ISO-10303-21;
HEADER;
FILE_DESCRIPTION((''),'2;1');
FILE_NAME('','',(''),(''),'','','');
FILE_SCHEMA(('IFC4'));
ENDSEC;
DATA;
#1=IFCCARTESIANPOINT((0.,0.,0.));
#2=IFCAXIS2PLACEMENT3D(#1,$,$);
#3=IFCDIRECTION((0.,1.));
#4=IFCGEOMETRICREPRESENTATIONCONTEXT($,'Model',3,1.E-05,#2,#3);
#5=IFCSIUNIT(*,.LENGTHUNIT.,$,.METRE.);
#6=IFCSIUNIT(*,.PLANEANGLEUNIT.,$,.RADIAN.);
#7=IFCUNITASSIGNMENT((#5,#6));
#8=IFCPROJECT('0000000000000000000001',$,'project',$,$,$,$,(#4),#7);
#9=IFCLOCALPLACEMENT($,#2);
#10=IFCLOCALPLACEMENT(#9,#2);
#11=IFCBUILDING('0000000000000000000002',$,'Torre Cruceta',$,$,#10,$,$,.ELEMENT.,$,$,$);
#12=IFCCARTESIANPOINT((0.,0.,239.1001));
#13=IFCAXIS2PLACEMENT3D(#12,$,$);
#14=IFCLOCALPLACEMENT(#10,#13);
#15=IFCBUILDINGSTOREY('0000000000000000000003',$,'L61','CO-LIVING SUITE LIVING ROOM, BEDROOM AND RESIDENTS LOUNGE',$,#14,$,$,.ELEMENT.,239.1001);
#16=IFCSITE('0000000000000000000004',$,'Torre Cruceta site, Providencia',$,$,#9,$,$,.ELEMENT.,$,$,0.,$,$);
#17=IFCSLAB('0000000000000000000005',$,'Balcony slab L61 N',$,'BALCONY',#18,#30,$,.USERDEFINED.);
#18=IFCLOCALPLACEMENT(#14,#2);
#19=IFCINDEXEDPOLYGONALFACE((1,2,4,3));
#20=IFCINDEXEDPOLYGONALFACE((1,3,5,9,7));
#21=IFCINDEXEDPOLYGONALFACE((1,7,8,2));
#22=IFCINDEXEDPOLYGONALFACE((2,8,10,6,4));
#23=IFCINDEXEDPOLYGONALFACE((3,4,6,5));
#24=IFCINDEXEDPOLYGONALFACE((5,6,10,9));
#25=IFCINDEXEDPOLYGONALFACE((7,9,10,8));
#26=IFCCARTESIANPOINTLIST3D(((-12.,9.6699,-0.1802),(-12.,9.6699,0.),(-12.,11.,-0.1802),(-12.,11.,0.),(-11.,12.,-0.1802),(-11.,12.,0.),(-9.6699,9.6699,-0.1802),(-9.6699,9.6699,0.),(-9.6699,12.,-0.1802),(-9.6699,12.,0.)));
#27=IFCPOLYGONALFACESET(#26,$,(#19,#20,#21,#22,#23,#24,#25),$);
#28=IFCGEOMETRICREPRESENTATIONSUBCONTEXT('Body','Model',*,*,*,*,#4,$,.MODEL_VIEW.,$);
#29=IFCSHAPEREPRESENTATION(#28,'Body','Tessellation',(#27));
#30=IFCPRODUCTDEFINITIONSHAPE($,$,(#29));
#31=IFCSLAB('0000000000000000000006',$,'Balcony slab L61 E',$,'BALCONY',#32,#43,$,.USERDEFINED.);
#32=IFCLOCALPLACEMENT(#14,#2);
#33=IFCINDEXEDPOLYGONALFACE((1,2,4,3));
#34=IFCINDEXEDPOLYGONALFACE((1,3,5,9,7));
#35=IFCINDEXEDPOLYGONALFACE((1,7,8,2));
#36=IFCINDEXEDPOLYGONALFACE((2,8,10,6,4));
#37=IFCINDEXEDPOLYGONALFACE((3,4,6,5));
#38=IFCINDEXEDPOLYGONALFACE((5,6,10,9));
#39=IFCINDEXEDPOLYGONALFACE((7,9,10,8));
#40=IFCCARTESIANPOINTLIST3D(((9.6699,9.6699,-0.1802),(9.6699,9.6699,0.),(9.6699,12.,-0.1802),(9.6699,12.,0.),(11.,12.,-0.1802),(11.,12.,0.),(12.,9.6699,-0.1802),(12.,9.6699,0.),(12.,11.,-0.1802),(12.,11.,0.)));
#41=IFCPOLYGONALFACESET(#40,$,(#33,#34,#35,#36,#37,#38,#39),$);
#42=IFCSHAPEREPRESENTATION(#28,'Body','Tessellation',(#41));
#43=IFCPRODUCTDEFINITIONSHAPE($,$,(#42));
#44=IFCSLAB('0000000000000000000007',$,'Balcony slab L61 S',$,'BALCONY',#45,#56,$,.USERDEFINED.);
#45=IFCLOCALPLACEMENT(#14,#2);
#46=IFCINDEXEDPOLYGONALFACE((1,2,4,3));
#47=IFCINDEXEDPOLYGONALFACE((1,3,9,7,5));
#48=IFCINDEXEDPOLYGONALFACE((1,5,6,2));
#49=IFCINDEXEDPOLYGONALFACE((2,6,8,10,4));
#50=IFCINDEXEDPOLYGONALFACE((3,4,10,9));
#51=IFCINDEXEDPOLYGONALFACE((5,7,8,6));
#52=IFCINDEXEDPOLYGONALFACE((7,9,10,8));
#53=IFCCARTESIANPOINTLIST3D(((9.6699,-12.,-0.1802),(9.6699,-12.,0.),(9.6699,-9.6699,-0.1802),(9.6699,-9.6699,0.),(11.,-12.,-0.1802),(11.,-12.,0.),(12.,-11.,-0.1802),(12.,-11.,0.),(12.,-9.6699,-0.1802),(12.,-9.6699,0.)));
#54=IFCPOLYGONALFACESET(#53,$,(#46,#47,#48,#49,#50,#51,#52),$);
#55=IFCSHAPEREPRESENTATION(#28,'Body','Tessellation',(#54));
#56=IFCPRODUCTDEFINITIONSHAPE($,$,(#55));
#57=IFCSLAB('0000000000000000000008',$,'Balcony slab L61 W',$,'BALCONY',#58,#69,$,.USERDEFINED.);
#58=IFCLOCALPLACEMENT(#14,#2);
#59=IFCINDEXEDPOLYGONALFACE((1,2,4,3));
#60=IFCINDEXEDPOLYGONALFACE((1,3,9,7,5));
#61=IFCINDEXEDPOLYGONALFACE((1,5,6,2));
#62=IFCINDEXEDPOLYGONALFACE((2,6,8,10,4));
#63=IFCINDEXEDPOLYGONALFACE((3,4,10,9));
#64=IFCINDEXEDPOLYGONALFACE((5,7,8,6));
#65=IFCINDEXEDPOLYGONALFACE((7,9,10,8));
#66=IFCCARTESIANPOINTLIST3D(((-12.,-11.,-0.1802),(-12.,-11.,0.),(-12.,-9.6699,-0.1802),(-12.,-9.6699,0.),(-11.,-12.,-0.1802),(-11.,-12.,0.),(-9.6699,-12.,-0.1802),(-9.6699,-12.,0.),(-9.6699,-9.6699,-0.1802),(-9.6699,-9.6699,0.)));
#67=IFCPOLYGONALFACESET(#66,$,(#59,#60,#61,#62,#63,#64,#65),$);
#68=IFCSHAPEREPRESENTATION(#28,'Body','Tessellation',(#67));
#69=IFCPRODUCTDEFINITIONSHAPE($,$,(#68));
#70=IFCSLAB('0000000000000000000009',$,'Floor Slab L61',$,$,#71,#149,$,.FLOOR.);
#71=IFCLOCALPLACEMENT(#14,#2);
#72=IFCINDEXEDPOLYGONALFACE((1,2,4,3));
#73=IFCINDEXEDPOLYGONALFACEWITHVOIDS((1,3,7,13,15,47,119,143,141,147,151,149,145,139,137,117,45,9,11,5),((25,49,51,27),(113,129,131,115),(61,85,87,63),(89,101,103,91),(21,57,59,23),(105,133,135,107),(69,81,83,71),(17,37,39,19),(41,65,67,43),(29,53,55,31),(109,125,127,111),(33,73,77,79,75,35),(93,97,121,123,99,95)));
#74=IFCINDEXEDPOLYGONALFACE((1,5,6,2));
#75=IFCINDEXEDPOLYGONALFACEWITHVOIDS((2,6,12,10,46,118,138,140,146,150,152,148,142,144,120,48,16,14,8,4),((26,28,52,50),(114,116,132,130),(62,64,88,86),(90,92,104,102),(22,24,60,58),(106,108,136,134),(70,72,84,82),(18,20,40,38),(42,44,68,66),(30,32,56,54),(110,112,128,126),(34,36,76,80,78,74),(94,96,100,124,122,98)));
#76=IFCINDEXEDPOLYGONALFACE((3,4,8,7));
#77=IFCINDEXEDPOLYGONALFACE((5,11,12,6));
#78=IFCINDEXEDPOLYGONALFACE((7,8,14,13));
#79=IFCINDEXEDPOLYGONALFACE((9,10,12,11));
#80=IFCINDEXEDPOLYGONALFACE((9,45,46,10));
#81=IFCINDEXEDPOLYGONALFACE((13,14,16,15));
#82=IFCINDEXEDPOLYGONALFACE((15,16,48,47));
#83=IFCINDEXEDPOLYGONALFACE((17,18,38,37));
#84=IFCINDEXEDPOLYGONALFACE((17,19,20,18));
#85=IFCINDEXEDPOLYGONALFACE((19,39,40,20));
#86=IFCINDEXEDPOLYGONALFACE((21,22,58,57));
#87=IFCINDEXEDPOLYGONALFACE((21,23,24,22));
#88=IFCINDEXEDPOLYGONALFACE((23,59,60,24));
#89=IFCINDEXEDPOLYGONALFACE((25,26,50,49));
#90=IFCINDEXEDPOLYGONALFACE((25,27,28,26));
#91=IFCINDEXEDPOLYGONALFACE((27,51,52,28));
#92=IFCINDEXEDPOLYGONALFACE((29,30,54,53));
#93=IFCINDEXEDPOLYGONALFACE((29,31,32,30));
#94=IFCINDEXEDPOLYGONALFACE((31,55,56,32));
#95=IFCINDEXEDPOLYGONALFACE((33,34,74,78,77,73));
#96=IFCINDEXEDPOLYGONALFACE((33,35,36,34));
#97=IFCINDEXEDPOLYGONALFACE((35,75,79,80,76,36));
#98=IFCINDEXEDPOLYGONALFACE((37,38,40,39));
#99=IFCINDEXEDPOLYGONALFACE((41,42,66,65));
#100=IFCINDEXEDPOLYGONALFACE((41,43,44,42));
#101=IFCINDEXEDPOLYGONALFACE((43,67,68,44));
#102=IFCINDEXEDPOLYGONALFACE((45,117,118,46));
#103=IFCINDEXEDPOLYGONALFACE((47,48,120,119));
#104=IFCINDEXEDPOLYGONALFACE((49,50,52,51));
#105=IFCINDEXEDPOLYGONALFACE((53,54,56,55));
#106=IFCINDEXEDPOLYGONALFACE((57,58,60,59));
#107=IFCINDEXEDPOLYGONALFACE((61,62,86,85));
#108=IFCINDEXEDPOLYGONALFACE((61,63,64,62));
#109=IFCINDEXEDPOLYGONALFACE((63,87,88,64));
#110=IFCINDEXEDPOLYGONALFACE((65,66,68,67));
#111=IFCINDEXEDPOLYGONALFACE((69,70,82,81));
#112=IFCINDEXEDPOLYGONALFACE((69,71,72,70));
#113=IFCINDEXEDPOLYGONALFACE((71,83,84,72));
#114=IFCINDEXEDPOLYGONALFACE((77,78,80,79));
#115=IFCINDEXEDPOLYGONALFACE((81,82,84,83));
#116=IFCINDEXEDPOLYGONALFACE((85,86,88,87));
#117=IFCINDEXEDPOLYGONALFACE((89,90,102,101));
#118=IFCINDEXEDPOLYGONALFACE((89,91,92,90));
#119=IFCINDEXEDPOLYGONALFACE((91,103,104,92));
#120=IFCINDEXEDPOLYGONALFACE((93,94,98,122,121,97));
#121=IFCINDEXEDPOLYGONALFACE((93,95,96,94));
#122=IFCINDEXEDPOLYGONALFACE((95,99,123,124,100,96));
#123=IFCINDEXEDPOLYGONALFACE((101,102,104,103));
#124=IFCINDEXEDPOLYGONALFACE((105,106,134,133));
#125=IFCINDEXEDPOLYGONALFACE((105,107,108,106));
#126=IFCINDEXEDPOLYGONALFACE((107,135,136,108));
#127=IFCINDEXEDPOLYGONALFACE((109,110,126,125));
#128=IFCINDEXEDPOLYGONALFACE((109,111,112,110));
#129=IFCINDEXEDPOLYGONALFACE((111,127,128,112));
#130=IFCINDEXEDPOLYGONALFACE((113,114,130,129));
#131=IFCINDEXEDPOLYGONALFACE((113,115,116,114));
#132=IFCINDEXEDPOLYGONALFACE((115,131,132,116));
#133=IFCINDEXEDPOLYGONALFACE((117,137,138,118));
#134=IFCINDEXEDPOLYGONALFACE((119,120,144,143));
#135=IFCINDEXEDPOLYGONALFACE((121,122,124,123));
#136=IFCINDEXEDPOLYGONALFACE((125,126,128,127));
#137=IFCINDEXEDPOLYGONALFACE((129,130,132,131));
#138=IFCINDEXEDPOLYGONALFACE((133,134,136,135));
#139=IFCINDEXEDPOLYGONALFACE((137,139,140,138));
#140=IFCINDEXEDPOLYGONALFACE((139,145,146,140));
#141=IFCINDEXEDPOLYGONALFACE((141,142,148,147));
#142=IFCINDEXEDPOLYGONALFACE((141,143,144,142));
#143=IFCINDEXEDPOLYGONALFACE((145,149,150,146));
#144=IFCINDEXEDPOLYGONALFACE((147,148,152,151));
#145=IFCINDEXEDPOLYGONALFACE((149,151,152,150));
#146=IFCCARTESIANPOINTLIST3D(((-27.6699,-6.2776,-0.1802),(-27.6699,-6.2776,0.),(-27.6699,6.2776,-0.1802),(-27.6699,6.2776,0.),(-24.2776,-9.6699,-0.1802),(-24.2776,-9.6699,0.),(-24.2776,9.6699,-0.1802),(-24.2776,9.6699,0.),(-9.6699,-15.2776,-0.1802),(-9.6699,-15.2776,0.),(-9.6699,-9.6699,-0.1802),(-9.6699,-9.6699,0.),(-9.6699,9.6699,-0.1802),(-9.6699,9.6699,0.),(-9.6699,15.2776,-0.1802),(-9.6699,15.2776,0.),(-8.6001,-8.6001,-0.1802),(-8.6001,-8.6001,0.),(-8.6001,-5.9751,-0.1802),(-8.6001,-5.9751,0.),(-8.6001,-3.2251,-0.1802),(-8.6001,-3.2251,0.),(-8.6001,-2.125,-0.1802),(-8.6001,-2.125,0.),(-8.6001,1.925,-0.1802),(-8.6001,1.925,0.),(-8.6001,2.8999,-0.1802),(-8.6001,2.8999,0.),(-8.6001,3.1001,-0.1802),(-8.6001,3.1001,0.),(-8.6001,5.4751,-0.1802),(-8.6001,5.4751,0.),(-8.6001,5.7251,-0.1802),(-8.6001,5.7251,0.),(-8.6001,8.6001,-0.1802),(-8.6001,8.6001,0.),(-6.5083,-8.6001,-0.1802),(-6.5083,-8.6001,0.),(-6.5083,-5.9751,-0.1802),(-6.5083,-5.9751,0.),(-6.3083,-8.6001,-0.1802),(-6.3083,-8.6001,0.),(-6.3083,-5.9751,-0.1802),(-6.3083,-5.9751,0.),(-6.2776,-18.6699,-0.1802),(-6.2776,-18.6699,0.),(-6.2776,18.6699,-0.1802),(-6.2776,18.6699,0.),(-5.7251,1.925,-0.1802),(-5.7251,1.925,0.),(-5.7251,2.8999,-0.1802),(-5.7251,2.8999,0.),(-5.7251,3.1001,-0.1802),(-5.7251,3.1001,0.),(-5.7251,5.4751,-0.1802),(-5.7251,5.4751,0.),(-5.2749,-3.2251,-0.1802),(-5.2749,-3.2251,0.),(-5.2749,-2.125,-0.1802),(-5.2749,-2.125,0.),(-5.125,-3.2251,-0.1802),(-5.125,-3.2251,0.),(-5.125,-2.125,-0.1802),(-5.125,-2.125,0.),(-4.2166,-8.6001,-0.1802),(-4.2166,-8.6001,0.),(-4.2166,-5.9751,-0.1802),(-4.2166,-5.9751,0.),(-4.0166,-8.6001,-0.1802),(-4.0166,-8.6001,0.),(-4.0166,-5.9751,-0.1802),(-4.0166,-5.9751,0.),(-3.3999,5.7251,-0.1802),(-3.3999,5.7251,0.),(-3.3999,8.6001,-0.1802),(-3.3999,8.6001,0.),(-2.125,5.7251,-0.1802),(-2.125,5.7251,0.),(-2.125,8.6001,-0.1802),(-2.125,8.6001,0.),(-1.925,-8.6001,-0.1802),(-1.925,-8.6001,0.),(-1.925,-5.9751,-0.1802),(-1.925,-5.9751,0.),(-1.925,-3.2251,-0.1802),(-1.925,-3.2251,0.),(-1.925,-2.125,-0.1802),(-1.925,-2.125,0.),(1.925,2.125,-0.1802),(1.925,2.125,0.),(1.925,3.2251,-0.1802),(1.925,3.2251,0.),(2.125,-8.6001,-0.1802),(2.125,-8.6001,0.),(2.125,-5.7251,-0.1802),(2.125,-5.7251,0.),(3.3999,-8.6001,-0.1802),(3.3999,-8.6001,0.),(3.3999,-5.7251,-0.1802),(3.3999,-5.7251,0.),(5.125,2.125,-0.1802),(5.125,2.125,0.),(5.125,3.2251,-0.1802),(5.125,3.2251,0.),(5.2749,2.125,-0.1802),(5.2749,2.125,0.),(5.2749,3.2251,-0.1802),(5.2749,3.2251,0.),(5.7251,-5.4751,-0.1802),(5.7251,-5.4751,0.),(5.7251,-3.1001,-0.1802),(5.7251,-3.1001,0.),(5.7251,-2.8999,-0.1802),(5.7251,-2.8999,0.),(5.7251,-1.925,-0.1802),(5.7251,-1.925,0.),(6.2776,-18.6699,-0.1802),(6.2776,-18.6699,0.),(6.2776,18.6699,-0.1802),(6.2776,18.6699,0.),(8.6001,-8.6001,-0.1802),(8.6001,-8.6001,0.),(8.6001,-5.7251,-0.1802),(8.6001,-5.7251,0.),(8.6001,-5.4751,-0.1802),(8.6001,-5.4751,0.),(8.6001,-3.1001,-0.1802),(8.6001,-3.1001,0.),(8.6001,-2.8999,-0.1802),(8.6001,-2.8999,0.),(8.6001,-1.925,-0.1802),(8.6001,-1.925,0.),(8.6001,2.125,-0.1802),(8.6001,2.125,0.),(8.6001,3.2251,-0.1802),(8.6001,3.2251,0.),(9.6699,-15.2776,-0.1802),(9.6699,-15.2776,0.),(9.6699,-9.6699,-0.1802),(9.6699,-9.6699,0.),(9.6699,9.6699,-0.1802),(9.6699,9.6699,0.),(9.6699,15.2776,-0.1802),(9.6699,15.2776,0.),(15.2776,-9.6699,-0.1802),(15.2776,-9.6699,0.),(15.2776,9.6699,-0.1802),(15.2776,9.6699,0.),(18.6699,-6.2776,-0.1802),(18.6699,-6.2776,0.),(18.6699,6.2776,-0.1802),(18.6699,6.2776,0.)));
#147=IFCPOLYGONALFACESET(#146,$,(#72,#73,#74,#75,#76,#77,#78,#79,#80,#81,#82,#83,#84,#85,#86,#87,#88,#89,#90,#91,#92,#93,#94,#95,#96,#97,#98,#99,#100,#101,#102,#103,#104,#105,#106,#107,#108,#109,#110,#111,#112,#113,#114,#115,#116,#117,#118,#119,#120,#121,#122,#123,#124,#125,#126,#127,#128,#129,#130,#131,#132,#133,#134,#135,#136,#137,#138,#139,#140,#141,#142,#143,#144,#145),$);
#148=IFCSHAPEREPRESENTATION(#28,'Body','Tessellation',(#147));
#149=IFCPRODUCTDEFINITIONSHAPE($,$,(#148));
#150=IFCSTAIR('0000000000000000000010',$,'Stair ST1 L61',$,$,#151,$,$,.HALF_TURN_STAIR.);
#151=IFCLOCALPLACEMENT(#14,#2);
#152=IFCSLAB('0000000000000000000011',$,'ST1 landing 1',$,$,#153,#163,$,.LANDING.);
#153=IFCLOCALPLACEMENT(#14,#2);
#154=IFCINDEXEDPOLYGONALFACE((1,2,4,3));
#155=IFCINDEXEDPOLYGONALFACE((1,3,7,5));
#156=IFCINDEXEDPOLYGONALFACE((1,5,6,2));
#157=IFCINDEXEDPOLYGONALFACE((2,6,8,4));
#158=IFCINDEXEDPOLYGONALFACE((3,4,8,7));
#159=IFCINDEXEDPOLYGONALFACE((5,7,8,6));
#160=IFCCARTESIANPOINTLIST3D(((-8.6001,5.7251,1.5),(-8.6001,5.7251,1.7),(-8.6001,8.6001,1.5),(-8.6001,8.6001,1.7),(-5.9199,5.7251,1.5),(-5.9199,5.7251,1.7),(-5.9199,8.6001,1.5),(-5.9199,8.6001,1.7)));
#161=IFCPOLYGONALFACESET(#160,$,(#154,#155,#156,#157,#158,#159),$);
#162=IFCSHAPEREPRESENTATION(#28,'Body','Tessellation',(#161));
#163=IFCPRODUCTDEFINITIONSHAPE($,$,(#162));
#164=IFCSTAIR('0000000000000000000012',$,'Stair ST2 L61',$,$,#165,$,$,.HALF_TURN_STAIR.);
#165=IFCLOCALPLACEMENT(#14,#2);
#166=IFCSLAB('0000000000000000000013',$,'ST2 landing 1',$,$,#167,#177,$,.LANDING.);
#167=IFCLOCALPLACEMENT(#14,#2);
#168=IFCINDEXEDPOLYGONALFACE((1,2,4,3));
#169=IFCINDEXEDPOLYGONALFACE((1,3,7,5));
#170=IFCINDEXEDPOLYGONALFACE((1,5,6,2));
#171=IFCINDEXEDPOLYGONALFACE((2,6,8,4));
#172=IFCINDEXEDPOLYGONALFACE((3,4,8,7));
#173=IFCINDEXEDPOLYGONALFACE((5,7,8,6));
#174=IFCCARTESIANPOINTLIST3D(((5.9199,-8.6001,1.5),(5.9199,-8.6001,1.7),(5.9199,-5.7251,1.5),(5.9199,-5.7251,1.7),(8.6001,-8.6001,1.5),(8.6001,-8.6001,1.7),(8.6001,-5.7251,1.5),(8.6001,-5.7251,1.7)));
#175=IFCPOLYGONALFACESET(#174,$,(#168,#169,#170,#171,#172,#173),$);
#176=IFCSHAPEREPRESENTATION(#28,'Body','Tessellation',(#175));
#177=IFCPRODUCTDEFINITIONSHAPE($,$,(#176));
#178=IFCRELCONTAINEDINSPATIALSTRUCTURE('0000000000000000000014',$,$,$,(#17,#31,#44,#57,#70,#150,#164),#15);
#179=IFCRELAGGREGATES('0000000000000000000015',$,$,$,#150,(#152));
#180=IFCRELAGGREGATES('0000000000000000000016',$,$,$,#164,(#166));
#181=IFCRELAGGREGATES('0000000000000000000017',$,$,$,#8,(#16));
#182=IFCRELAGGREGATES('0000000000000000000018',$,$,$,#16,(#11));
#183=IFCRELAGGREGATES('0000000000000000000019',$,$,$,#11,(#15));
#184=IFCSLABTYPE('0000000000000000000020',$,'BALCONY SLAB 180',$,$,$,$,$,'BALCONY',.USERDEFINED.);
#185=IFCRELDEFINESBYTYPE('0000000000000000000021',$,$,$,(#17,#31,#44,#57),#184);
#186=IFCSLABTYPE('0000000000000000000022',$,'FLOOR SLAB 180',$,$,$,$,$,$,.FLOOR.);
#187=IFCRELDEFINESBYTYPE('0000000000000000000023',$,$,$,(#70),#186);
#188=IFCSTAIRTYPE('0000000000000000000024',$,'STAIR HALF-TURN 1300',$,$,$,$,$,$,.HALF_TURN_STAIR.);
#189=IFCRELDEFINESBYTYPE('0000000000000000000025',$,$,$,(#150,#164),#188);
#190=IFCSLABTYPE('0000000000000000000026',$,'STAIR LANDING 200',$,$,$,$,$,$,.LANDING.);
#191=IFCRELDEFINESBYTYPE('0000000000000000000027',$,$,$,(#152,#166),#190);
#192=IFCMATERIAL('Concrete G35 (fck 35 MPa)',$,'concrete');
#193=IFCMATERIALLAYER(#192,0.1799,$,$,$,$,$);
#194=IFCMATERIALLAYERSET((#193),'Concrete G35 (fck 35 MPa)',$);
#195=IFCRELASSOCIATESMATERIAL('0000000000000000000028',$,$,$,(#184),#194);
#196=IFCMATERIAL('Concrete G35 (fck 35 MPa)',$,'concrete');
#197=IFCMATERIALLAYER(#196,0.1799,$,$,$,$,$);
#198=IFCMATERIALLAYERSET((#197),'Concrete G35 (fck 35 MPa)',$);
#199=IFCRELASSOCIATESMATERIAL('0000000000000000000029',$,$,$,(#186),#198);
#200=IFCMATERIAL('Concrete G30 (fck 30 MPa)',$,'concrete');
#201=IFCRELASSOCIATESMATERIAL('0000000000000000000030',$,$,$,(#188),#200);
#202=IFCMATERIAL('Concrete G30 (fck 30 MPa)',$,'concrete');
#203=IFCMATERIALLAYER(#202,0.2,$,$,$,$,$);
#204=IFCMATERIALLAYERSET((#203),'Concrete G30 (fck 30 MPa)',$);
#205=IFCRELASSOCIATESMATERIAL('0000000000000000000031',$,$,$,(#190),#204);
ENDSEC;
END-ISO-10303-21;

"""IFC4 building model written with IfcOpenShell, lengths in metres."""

from ifc_helpers import new_model, si_unit, direction, frame, origin, place, context, subcontext, project, spatial, polyline, outline, extrude, material, layer, layer_set, type_object, element, aggregate, save


model = new_model("IFC4")

# Units and contexts
model_context = context("Model", 3, precision=1e-05, world=origin(), true_north=direction((0.0, 1.0)))
body_context = subcontext(model_context, "Body", "Model", "MODEL_VIEW")
ifc_project = project(units=[si_unit("LENGTHUNIT", "METRE"), si_unit("PLANEANGLEUNIT", "RADIAN")], contexts=[model_context])

# Site, building, storey
site_placement = place(None, origin())
site = spatial("IfcSite", under=ifc_project, at=site_placement, Name="Torre Cruceta site, Providencia", CompositionType="ELEMENT", RefElevation=0.0)
building_placement = place(site_placement, origin())
building = spatial("IfcBuilding", under=site, at=building_placement, Name="Torre Cruceta", CompositionType="ELEMENT")
storey_placement = place(building_placement, frame((0.0, 0.0, 239.1001)))
storey = spatial("IfcBuildingStorey", under=building, at=storey_placement, Name="L61", Description="CO-LIVING SUITE LIVING ROOM, BEDROOM AND RESIDENTS LOUNGE", CompositionType="ELEMENT", Elevation=239.1001)

# Slabs
ifc_material_1 = material(Name="Concrete G35 (fck 35 MPa)", Category="concrete")
ifc_layer_1 = layer(ifc_material_1, 0.1799)
ifc_layer_set_1 = layer_set([ifc_layer_1], Name="Concrete G35 (fck 35 MPa)")
slab_type_1 = type_object("IfcSlabType", Name="BALCONY SLAB 180", ElementType="BALCONY", PredefinedType="USERDEFINED", material=ifc_layer_set_1)
slab_1_placement = place(storey_placement, frame((0.0, 0.0, -0.1802)))
element("IfcSlab", 1, at=slab_1_placement, inside=storey, type_object=slab_type_1, Name="Balcony slab L61 N", ObjectType="BALCONY", PredefinedType="USERDEFINED", context=body_context, shape_type="SweptSolid", body=[
    extrude(outline(polyline([(-12.0, 11.0), (-11.0, 12.0), (-9.6699, 12.0), (-9.6699, 9.6699), (-12.0, 9.6699), (-12.0, 11.0)])), origin(), (0.0, 0.0, 1.0), 0.1802),
])
slab_2_placement = place(storey_placement, frame((0.0, 0.0, -0.1802)))
element("IfcSlab", 2, at=slab_2_placement, inside=storey, type_object=slab_type_1, Name="Balcony slab L61 E", ObjectType="BALCONY", PredefinedType="USERDEFINED", context=body_context, shape_type="SweptSolid", body=[
    extrude(outline(polyline([(11.0, 12.0), (12.0, 11.0), (12.0, 9.6699), (9.6699, 9.6699), (9.6699, 12.0), (11.0, 12.0)])), origin(), (0.0, 0.0, 1.0), 0.1802),
])
slab_3_placement = place(storey_placement, frame((0.0, 0.0, -0.1802)))
element("IfcSlab", 3, at=slab_3_placement, inside=storey, type_object=slab_type_1, Name="Balcony slab L61 S", ObjectType="BALCONY", PredefinedType="USERDEFINED", context=body_context, shape_type="SweptSolid", body=[
    extrude(outline(polyline([(12.0, -11.0), (11.0, -12.0), (9.6699, -12.0), (9.6699, -9.6699), (12.0, -9.6699), (12.0, -11.0)])), origin(), (0.0, 0.0, 1.0), 0.1802),
])
slab_4_placement = place(storey_placement, frame((0.0, 0.0, -0.1802)))
element("IfcSlab", 4, at=slab_4_placement, inside=storey, type_object=slab_type_1, Name="Balcony slab L61 W", ObjectType="BALCONY", PredefinedType="USERDEFINED", context=body_context, shape_type="SweptSolid", body=[
    extrude(outline(polyline([(-11.0, -12.0), (-12.0, -11.0), (-12.0, -9.6699), (-9.6699, -9.6699), (-9.6699, -12.0), (-11.0, -12.0)])), origin(), (0.0, 0.0, 1.0), 0.1802),
])
ifc_material_2 = material(Name="Concrete G35 (fck 35 MPa)", Category="concrete")
ifc_layer_2 = layer(ifc_material_2, 0.1799)
ifc_layer_set_2 = layer_set([ifc_layer_2], Name="Concrete G35 (fck 35 MPa)")
slab_type_2 = type_object("IfcSlabType", Name="FLOOR SLAB 180", PredefinedType="FLOOR", material=ifc_layer_set_2)
slab_5_placement = place(storey_placement, frame((0.0, 0.0, -0.1802)))
element("IfcSlab", 5, at=slab_5_placement, inside=storey, type_object=slab_type_2, Name="Floor Slab L61", PredefinedType="FLOOR", context=body_context, shape_type="SweptSolid", body=[
    extrude(outline(polyline([(9.6699, -9.6699), (9.6699, -15.2776), (6.2776, -18.6699), (-6.2776, -18.6699), (-9.6699, -15.2776), (-9.6699, -9.6699), (-24.2776, -9.6699), (-27.6699, -6.2776), (-27.6699, 6.2776), (-24.2776, 9.6699), (-9.6699, 9.6699), (-9.6699, 15.2776), (-6.2776, 18.6699), (6.2776, 18.6699), (9.6699, 15.2776), (9.6699, 9.6699), (15.2776, 9.6699), (18.6699, 6.2776), (18.6699, -6.2776), (15.2776, -9.6699), (9.6699, -9.6699)]), holes=[polyline([(1.925, 2.125), (5.125, 2.125), (5.125, 3.2251), (1.925, 3.2251), (1.925, 2.125)]), polyline([(5.2749, 2.125), (8.6001, 2.125), (8.6001, 3.2251), (5.2749, 3.2251), (5.2749, 2.125)]), polyline([(-8.6001, 3.1001), (-5.7251, 3.1001), (-5.7251, 5.4751), (-8.6001, 5.4751), (-8.6001, 3.1001)]), polyline([(-8.6001, 1.925), (-5.7251, 1.925), (-5.7251, 2.8999), (-8.6001, 2.8999), (-8.6001, 1.925)]), polyline([(-4.0166, -8.6001), (-1.925, -8.6001), (-1.925, -5.9751), (-4.0166, -5.9751), (-4.0166, -8.6001)]), polyline([(-6.3083, -8.6001), (-4.2166, -8.6001), (-4.2166, -5.9751), (-6.3083, -5.9751), (-6.3083, -8.6001)]), polyline([(-8.6001, -8.6001), (-6.5083, -8.6001), (-6.5083, -5.9751), (-8.6001, -5.9751), (-8.6001, -8.6001)]), polyline([(-5.125, -3.2251), (-1.925, -3.2251), (-1.925, -2.125), (-5.125, -2.125), (-5.125, -3.2251)]), polyline([(-8.6001, -3.2251), (-5.2749, -3.2251), (-5.2749, -2.125), (-8.6001, -2.125), (-8.6001, -3.2251)]), polyline([(5.7251, -5.4751), (8.6001, -5.4751), (8.6001, -3.1001), (5.7251, -3.1001), (5.7251, -5.4751)]), polyline([(5.7251, -2.8999), (8.6001, -2.8999), (8.6001, -1.925), (5.7251, -1.925), (5.7251, -2.8999)]), polyline([(-8.6001, 5.7251), (-8.6001, 8.6001), (-3.3999, 8.6001), (-2.125, 8.6001), (-2.125, 5.7251), (-3.3999, 5.7251), (-8.6001, 5.7251)]), polyline([(2.125, -5.7251), (3.3999, -5.7251), (8.6001, -5.7251), (8.6001, -8.6001), (3.3999, -8.6001), (2.125, -8.6001), (2.125, -5.7251)])]), origin(), (0.0, 0.0, 1.0), 0.1802),
])

# Stairs, slabs
ifc_material_3 = material(Name="Concrete G30 (fck 30 MPa)", Category="concrete")
stair_type = type_object("IfcStairType", Name="STAIR HALF-TURN 1300", PredefinedType="HALF_TURN_STAIR", material=ifc_material_3)
stair_1_placement = place(storey_placement, origin())
stair_1 = element("IfcStair", 6, at=stair_1_placement, inside=storey, type_object=stair_type, Name="Stair ST1 L61", PredefinedType="HALF_TURN_STAIR")
ifc_material_4 = material(Name="Concrete G30 (fck 30 MPa)", Category="concrete")
ifc_layer_3 = layer(ifc_material_4, 0.2)
ifc_layer_set_3 = layer_set([ifc_layer_3], Name="Concrete G30 (fck 30 MPa)")
slab_type_3 = type_object("IfcSlabType", Name="STAIR LANDING 200", PredefinedType="LANDING", material=ifc_layer_set_3)
slab_6_placement = place(storey_placement, frame((0.0, 0.0, 1.5)))
slab_6 = element("IfcSlab", 7, at=slab_6_placement, type_object=slab_type_3, Name="ST1 landing 1", PredefinedType="LANDING", context=body_context, shape_type="SweptSolid", body=[
    extrude(outline(polyline([(-8.6001, 5.7251), (-5.9199, 5.7251), (-5.9199, 8.6001), (-8.6001, 8.6001), (-8.6001, 5.7251)])), origin(), (0.0, 0.0, 1.0), 0.2),
])
aggregate(stair_1, [slab_6])
stair_2_placement = place(storey_placement, origin())
stair_2 = element("IfcStair", 8, at=stair_2_placement, inside=storey, type_object=stair_type, Name="Stair ST2 L61", PredefinedType="HALF_TURN_STAIR")
slab_7_placement = place(storey_placement, frame((0.0, 0.0, 1.5)))
slab_7 = element("IfcSlab", 9, at=slab_7_placement, type_object=slab_type_3, Name="ST2 landing 1", PredefinedType="LANDING", context=body_context, shape_type="SweptSolid", body=[
    extrude(outline(polyline([(5.9199, -8.6001), (8.6001, -8.6001), (8.6001, -5.7251), (5.9199, -5.7251), (5.9199, -8.6001)])), origin(), (0.0, 0.0, 1.0), 0.2),
])

aggregate(stair_2, [slab_7])

save(model, "model.ifc")
